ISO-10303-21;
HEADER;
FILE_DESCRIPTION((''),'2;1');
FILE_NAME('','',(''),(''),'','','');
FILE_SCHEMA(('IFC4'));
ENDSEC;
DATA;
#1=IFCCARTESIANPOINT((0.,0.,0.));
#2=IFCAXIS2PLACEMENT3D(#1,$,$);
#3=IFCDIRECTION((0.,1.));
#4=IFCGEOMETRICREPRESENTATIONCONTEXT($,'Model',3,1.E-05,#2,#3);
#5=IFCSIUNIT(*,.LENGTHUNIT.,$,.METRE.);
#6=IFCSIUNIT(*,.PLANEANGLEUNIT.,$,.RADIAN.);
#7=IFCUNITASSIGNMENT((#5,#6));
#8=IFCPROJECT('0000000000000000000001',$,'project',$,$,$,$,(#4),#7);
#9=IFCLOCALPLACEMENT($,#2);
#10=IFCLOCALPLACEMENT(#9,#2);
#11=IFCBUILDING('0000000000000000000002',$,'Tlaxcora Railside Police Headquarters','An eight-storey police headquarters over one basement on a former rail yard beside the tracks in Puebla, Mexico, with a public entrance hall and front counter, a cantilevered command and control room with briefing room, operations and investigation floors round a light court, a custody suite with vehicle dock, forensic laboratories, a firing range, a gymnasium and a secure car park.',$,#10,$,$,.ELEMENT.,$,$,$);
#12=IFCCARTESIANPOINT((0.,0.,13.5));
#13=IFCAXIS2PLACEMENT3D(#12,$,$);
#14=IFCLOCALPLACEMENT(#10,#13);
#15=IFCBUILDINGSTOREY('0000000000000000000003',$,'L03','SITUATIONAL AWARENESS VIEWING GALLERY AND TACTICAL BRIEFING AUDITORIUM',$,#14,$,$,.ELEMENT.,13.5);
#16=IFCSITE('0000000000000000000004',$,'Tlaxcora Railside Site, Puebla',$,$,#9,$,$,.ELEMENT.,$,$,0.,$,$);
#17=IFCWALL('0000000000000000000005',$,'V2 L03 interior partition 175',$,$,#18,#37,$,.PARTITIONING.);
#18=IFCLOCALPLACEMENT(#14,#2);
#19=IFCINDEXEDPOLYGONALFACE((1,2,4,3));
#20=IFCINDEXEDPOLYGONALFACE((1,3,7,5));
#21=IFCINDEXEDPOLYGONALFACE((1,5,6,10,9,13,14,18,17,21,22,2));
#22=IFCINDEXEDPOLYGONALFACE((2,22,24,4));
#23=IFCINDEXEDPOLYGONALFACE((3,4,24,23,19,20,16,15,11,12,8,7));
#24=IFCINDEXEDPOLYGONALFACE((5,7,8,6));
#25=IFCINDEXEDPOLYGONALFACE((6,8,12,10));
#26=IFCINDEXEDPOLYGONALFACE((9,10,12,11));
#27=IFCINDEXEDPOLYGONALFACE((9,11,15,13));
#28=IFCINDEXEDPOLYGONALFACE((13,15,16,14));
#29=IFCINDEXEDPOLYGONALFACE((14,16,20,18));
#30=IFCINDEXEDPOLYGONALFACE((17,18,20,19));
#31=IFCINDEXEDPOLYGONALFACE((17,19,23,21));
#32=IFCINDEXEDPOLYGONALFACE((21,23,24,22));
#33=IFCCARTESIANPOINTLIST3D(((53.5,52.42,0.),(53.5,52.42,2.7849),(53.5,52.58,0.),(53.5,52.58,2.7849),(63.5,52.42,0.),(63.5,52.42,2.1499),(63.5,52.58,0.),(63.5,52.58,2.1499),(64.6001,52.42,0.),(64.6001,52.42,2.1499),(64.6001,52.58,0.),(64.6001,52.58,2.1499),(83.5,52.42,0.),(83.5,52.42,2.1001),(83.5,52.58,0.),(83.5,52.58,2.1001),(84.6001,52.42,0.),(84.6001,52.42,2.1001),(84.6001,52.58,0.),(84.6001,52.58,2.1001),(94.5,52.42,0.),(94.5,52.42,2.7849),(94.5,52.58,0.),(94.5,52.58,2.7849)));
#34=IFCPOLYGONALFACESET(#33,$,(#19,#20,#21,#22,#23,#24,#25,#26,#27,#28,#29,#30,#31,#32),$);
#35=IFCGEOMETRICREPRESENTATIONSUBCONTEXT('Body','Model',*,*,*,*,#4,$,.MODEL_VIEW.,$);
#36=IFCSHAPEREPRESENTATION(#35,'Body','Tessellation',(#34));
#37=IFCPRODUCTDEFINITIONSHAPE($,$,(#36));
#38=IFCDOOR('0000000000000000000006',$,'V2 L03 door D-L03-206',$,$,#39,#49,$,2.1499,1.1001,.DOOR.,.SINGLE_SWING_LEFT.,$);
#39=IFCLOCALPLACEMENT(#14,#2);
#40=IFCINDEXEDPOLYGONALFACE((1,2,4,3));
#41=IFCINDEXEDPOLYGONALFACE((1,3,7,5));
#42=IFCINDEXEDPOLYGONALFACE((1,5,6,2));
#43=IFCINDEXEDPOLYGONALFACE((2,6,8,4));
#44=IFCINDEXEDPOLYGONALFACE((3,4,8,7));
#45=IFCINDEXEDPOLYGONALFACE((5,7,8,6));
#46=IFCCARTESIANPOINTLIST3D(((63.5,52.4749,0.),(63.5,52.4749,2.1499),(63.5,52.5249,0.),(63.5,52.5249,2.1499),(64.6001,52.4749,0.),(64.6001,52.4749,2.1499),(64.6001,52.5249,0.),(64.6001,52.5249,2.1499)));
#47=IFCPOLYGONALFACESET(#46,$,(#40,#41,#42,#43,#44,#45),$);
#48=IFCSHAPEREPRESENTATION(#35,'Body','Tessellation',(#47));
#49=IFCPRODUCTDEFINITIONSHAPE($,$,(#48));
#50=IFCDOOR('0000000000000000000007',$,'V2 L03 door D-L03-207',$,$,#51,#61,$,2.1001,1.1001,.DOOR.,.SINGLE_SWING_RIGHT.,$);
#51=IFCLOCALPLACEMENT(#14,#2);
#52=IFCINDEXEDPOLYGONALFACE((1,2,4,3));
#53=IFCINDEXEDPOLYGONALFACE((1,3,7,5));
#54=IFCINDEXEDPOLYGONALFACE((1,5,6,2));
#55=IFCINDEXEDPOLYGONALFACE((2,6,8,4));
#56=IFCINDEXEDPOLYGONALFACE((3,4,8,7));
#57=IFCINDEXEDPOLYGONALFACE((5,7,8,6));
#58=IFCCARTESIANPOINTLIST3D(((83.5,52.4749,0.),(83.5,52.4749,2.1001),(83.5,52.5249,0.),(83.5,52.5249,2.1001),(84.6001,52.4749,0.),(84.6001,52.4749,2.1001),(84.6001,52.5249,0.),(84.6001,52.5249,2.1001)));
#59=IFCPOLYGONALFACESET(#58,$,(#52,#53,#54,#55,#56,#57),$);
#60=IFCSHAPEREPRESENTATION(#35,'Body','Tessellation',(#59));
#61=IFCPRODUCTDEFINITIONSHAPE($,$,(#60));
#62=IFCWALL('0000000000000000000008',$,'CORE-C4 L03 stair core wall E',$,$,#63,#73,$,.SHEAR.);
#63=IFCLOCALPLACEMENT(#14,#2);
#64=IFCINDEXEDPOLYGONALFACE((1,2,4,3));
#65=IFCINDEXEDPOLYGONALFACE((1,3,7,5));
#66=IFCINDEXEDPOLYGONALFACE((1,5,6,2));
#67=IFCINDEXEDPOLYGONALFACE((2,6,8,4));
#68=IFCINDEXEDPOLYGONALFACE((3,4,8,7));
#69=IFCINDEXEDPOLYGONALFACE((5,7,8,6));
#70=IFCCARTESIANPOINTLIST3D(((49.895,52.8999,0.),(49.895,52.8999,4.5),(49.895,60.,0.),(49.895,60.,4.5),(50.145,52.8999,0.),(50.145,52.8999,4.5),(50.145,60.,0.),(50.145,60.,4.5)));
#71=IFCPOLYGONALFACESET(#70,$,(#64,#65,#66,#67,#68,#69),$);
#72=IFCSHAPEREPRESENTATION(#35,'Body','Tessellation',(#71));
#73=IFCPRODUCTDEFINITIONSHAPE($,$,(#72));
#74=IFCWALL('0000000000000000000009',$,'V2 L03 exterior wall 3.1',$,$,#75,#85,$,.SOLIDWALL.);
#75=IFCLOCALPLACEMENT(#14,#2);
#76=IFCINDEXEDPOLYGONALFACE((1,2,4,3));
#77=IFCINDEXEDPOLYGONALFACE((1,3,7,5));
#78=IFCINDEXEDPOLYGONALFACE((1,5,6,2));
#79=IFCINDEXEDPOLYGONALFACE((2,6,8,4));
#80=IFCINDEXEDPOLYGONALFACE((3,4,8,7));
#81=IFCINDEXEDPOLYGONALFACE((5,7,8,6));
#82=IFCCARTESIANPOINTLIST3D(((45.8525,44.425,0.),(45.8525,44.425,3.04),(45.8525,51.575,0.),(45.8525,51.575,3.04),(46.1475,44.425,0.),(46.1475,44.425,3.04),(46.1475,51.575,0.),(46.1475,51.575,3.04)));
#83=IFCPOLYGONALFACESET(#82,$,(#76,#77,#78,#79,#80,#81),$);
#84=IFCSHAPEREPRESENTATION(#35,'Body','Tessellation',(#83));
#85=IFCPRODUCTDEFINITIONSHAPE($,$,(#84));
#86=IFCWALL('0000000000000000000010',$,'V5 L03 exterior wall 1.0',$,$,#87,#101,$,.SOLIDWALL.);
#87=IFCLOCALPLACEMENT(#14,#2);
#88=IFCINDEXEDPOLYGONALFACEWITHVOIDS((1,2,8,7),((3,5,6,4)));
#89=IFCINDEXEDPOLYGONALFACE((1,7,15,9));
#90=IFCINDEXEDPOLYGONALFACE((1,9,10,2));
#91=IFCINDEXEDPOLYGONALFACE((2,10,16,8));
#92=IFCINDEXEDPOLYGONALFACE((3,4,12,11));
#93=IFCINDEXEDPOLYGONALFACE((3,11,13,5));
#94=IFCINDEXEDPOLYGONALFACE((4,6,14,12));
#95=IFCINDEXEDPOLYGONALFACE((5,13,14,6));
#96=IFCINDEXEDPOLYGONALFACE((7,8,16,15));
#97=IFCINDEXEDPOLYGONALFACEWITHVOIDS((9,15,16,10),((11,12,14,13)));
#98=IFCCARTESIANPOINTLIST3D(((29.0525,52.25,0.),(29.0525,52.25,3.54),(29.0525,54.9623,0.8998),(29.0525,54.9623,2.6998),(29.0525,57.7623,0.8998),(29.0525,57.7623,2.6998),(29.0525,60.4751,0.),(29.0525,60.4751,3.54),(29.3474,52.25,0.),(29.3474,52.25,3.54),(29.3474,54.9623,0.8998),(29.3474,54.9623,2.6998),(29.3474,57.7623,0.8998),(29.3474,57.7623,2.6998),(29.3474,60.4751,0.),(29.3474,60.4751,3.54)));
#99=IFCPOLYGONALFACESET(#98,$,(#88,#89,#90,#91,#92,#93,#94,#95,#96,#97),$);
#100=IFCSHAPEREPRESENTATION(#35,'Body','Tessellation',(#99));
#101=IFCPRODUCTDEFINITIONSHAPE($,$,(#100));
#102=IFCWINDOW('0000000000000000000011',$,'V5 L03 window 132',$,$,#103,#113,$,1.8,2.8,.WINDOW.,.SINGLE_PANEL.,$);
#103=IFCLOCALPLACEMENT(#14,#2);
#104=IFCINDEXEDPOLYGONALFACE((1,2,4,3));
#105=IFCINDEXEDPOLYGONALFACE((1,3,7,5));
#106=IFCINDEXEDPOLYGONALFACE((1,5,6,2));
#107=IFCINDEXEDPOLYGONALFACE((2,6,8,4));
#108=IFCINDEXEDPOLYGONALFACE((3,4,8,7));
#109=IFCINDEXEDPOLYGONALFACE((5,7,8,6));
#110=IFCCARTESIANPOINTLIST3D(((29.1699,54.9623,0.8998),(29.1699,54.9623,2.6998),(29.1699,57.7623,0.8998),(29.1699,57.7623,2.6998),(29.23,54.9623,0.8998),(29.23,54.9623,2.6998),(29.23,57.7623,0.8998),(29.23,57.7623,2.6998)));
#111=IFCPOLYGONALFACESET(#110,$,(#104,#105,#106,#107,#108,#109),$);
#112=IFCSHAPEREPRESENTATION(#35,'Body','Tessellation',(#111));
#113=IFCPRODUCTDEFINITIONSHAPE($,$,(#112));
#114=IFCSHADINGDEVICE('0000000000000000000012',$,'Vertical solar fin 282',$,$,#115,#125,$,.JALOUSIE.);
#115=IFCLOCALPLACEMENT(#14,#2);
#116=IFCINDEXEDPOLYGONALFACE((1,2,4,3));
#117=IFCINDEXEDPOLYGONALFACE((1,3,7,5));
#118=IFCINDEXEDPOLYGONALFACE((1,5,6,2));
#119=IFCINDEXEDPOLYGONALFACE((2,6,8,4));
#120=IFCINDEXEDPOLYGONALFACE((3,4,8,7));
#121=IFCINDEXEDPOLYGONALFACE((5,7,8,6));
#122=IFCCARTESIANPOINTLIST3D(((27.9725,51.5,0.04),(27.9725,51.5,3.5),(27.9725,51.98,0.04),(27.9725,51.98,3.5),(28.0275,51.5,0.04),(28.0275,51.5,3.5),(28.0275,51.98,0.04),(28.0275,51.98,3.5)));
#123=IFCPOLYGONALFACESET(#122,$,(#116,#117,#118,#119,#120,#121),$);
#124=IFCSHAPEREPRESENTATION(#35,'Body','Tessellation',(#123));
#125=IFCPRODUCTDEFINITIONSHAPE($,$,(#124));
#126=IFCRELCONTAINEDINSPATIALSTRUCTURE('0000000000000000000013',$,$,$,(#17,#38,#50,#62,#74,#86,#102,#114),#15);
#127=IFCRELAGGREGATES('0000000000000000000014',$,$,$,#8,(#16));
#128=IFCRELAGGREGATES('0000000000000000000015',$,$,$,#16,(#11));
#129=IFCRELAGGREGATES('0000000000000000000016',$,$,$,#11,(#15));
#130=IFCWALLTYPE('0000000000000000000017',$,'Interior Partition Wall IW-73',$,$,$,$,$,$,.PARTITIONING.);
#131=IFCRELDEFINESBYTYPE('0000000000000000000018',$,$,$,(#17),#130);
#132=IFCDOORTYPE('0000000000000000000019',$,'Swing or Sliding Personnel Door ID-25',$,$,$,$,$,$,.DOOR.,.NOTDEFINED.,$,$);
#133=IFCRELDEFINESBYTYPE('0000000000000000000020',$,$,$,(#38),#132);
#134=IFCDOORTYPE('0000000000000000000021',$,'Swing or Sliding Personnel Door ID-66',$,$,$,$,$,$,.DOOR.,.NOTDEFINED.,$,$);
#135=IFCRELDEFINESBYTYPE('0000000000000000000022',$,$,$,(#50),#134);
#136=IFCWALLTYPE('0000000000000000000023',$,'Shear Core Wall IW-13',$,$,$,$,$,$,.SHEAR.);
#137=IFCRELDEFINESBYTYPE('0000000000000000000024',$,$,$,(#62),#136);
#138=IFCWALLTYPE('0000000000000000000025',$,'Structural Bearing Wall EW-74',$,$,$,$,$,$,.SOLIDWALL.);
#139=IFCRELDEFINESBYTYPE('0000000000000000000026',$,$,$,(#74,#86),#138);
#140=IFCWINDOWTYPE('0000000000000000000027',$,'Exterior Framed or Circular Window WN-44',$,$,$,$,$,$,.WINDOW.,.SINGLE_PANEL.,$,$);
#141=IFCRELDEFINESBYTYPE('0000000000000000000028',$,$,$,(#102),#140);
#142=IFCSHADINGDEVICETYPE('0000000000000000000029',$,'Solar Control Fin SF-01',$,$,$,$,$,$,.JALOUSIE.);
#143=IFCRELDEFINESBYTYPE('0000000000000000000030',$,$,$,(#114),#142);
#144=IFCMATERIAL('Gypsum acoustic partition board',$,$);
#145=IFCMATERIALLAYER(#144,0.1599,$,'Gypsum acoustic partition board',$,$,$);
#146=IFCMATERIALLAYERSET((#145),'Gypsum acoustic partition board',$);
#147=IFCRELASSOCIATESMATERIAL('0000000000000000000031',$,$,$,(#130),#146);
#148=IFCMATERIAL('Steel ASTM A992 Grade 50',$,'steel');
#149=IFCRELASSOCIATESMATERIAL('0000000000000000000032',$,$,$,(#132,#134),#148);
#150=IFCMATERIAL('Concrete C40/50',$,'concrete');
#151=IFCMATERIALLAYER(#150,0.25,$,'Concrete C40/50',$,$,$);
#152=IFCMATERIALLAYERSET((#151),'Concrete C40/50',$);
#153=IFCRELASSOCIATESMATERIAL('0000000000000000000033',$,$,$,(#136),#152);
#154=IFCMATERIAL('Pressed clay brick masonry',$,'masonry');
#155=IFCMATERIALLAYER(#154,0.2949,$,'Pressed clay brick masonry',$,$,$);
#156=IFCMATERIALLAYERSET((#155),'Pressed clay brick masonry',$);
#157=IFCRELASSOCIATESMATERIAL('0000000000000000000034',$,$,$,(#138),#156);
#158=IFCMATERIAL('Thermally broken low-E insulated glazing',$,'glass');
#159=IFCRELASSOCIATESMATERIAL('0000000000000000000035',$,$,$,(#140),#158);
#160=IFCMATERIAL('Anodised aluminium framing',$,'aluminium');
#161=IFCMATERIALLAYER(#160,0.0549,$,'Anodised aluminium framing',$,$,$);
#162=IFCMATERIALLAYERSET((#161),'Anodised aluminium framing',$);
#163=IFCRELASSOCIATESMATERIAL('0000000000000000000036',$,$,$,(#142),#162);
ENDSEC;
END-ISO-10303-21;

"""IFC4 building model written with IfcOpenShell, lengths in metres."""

from ifc_helpers import new_model, si_unit, direction, frame, frame_2d, origin, origin_2d, place, context, subcontext, project, spatial, rectangle, extrude, material, layer, layer_set, type_object, element, fill, save


model = new_model("IFC4")

# Units and contexts
model_context = context("Model", 3, precision=1e-05, world=origin(), true_north=direction((0.0, 1.0)))
body_context = subcontext(model_context, "Body", "Model", "MODEL_VIEW")
ifc_project = project(units=[si_unit("LENGTHUNIT", "METRE"), si_unit("PLANEANGLEUNIT", "RADIAN")], contexts=[model_context])

# Site, building, storey
site_placement = place(None, origin())
site = spatial("IfcSite", under=ifc_project, at=site_placement, Name="Tlaxcora Railside Site, Puebla", CompositionType="ELEMENT", RefElevation=0.0)
building_placement = place(site_placement, origin())
building = spatial("IfcBuilding", under=site, at=building_placement, Name="Tlaxcora Railside Police Headquarters", Description="An eight-storey police headquarters over one basement on a former rail yard beside the tracks in Puebla, Mexico, with a public entrance hall and front counter, a cantilevered command and control room with briefing room, operations and investigation floors round a light court, a custody suite with vehicle dock, forensic laboratories, a firing range, a gymnasium and a secure car park.", CompositionType="ELEMENT")
storey_placement = place(building_placement, frame((0.0, 0.0, 13.5)))
storey = spatial("IfcBuildingStorey", under=building, at=storey_placement, Name="L03", Description="SITUATIONAL AWARENESS VIEWING GALLERY AND TACTICAL BRIEFING AUDITORIUM", CompositionType="ELEMENT", Elevation=13.5)

# Shared definitions
ifc_material_1 = material(Name="Concrete C40/50", Category="concrete")

# Shared definitions
ifc_material_2 = material(Name="Thermally broken low-E insulated glazing", Category="glass")
ifc_material_3 = material(Name="Anodised aluminium framing", Category="aluminium")

# Shared definitions
ifc_material_4 = material(Name="Steel ASTM A992 Grade 50", Category="steel")

# Wall, openings, doors
ifc_material_5 = material(Name="Gypsum acoustic partition board")
ifc_layer_1 = layer(ifc_material_5, 0.1599, Name="Gypsum acoustic partition board")
ifc_layer_set_1 = layer_set([ifc_layer_1], Name="Gypsum acoustic partition board")
wall_type_1 = type_object("IfcWallType", Name="Interior Partition Wall IW-73", PredefinedType="PARTITIONING", material=ifc_layer_set_1)
wall_1_placement = place(storey_placement, frame((53.5, 52.5, 0.0), z_axis=(0.0, 0.0, 1.0), x_axis=(1.0, 0.0, 0.0)))
wall_1 = element("IfcWall", 1, at=wall_1_placement, inside=storey, type_object=wall_type_1, Name="V2 L03 interior partition 175", PredefinedType="PARTITIONING", context=body_context, shape_type="SweptSolid", body=[
    extrude(rectangle(XDim=41.0, YDim=0.1599, at=frame_2d((20.5, 0.0))), origin(), (0.0, 0.0, 1.0), 2.7849),
])
opening_1_placement = place(wall_1_placement, frame((10.0, 0.0, 0.0)))
opening_1 = element("IfcOpeningElement", 2, at=opening_1_placement, cuts=wall_1, PredefinedType="OPENING", context=body_context, shape_type="SweptSolid", body=[
    extrude(rectangle(XDim=1.1001, YDim=2.1499, at=frame_2d((0.55, 1.075))), frame((0.0, 0.0898, 0.0), z_axis=(0.0, -1.0, 0.0), x_axis=(1.0, 0.0, 0.0)), (0.0, 0.0, 1.0), 0.1799),
])
opening_2_placement = place(wall_1_placement, frame((30.0, 0.0, 0.0)))
opening_2 = element("IfcOpeningElement", 3, at=opening_2_placement, cuts=wall_1, PredefinedType="OPENING", context=body_context, shape_type="SweptSolid", body=[
    extrude(rectangle(XDim=1.1001, YDim=2.1001, at=frame_2d((0.55, 1.05))), frame((0.0, 0.0898, 0.0), z_axis=(0.0, -1.0, 0.0), x_axis=(1.0, 0.0, 0.0)), (0.0, 0.0, 1.0), 0.1799),
])
door_type_1 = type_object("IfcDoorType", Name="Swing or Sliding Personnel Door ID-25", OperationType="NOTDEFINED", PredefinedType="DOOR", material=ifc_material_4)
door_1_placement = place(opening_1_placement, origin())
door_1 = element("IfcDoor", 4, at=door_1_placement, inside=storey, type_object=door_type_1, Name="V2 L03 door D-L03-206", OperationType="SINGLE_SWING_LEFT", OverallHeight=2.1499, OverallWidth=1.1001, PredefinedType="DOOR", context=body_context, shape_type="SweptSolid", body=[
    extrude(rectangle(XDim=1.1001, YDim=2.1499, at=frame_2d((0.55, 1.075))), frame((0.0, 0.0249, 0.0), z_axis=(0.0, -1.0, 0.0), x_axis=(1.0, 0.0, 0.0)), (0.0, 0.0, 1.0), 0.05),
])
fill(opening_1, door_1)
door_type_2 = type_object("IfcDoorType", Name="Swing or Sliding Personnel Door ID-66", OperationType="NOTDEFINED", PredefinedType="DOOR", material=ifc_material_4)
door_2_placement = place(opening_2_placement, origin())
door_2 = element("IfcDoor", 5, at=door_2_placement, inside=storey, type_object=door_type_2, Name="V2 L03 door D-L03-207", OperationType="SINGLE_SWING_RIGHT", OverallHeight=2.1001, OverallWidth=1.1001, PredefinedType="DOOR", context=body_context, shape_type="SweptSolid", body=[
    extrude(rectangle(XDim=1.1001, YDim=2.1001, at=frame_2d((0.55, 1.05))), frame((0.0, 0.0249, 0.0), z_axis=(0.0, -1.0, 0.0), x_axis=(1.0, 0.0, 0.0)), (0.0, 0.0, 1.0), 0.05),
])
fill(opening_2, door_2)

# Shared definitions
ifc_layer_2 = layer(ifc_material_1, 0.25, Name="Concrete C40/50")
ifc_layer_set_2 = layer_set([ifc_layer_2], Name="Concrete C40/50")
wall_type_2 = type_object("IfcWallType", Name="Shear Core Wall IW-13", PredefinedType="SHEAR", material=ifc_layer_set_2)

# Walls
wall_2_placement = place(storey_placement, frame((50.02, 52.8999, 0.0), z_axis=(0.0, 0.0, 1.0), x_axis=(0.0, 1.0, 0.0)))
element("IfcWall", 6, at=wall_2_placement, inside=storey, type_object=wall_type_2, Name="CORE-C4 L03 stair core wall E", PredefinedType="SHEAR", context=body_context, shape_type="SweptSolid", body=[
    extrude(rectangle(XDim=7.1001, YDim=0.25, at=frame_2d((3.55, 0.0))), origin(), (0.0, 0.0, 1.0), 4.5),
])
ifc_material_6 = material(Name="Pressed clay brick masonry", Category="masonry")
ifc_layer_3 = layer(ifc_material_6, 0.2949, Name="Pressed clay brick masonry")
ifc_layer_set_3 = layer_set([ifc_layer_3], Name="Pressed clay brick masonry")
wall_type_3 = type_object("IfcWallType", Name="Structural Bearing Wall EW-74", PredefinedType="SOLIDWALL", material=ifc_layer_set_3)
wall_3_placement = place(storey_placement, frame((46.0, 51.575, 0.0), z_axis=(0.0, 0.0, 1.0), x_axis=(0.0, -1.0, 0.0)))
element("IfcWall", 7, at=wall_3_placement, inside=storey, type_object=wall_type_3, Name="V2 L03 exterior wall 3.1", PredefinedType="SOLIDWALL", context=body_context, shape_type="SweptSolid", body=[
    extrude(rectangle(XDim=7.1499, YDim=0.2949, at=frame_2d((3.575, 0.0))), origin(), (0.0, 0.0, 1.0), 3.04),
])

# Wall, opening, window
wall_4_placement = place(storey_placement, frame((29.2, 52.25, 0.0), z_axis=(0.0, 0.0, 1.0), x_axis=(0.0, 1.0, 0.0)))
wall_4 = element("IfcWall", 8, at=wall_4_placement, inside=storey, type_object=wall_type_3, Name="V5 L03 exterior wall 1.0", PredefinedType="SOLIDWALL", context=body_context, shape_type="SweptSolid", body=[
    extrude(rectangle(XDim=8.2251, YDim=0.2949, at=frame_2d((4.1125, 0.0))), origin(), (0.0, 0.0, 1.0), 3.54),
])
opening_3_placement = place(wall_4_placement, frame((2.7124, 0.0, 0.8999)))
opening_3 = element("IfcOpeningElement", 9, at=opening_3_placement, cuts=wall_4, PredefinedType="OPENING", context=body_context, shape_type="SweptSolid", body=[
    extrude(rectangle(XDim=2.8, YDim=1.8, at=frame_2d((1.3999, 0.8999))), frame((0.0, 0.1575, 0.0), z_axis=(0.0, -1.0, 0.0), x_axis=(1.0, 0.0, 0.0)), (0.0, 0.0, 1.0), 0.3149),
])
window_type = type_object("IfcWindowType", Name="Exterior Framed or Circular Window WN-44", PartitioningType="SINGLE_PANEL", PredefinedType="WINDOW", material=ifc_material_2)
window_placement = place(opening_3_placement, origin())
window = element("IfcWindow", 10, at=window_placement, inside=storey, type_object=window_type, Name="V5 L03 window 132", OverallHeight=1.8, OverallWidth=2.8, PartitioningType="SINGLE_PANEL", PredefinedType="WINDOW", context=body_context, shape_type="SweptSolid", body=[
    extrude(rectangle(XDim=2.8, YDim=1.8, at=frame_2d((1.3999, 0.8999))), frame((0.0, 0.03, 0.0), z_axis=(0.0, -1.0, 0.0), x_axis=(1.0, 0.0, 0.0)), (0.0, 0.0, 1.0), 0.0601),
])
fill(opening_3, window)

# Shading device
ifc_layer_4 = layer(ifc_material_3, 0.0549, Name="Anodised aluminium framing")
ifc_layer_set_4 = layer_set([ifc_layer_4], Name="Anodised aluminium framing")
shading_device_type = type_object("IfcShadingDeviceType", Name="Solar Control Fin SF-01", PredefinedType="JALOUSIE", material=ifc_layer_set_4)
shading_device_placement = place(storey_placement, frame((28.0, 51.74, 0.04), z_axis=(0.0, 0.0, 1.0), x_axis=(0.0, -1.0, 0.0)))
element("IfcShadingDevice", 11, at=shading_device_placement, inside=storey, type_object=shading_device_type, Name="Vertical solar fin 282", PredefinedType="JALOUSIE", context=body_context, shape_type="SweptSolid", body=[
    extrude(rectangle(XDim=0.48, YDim=0.0549, at=origin_2d()), origin(), (0.0, 0.0, 1.0), 3.46),
])

save(model, "model.ifc")
